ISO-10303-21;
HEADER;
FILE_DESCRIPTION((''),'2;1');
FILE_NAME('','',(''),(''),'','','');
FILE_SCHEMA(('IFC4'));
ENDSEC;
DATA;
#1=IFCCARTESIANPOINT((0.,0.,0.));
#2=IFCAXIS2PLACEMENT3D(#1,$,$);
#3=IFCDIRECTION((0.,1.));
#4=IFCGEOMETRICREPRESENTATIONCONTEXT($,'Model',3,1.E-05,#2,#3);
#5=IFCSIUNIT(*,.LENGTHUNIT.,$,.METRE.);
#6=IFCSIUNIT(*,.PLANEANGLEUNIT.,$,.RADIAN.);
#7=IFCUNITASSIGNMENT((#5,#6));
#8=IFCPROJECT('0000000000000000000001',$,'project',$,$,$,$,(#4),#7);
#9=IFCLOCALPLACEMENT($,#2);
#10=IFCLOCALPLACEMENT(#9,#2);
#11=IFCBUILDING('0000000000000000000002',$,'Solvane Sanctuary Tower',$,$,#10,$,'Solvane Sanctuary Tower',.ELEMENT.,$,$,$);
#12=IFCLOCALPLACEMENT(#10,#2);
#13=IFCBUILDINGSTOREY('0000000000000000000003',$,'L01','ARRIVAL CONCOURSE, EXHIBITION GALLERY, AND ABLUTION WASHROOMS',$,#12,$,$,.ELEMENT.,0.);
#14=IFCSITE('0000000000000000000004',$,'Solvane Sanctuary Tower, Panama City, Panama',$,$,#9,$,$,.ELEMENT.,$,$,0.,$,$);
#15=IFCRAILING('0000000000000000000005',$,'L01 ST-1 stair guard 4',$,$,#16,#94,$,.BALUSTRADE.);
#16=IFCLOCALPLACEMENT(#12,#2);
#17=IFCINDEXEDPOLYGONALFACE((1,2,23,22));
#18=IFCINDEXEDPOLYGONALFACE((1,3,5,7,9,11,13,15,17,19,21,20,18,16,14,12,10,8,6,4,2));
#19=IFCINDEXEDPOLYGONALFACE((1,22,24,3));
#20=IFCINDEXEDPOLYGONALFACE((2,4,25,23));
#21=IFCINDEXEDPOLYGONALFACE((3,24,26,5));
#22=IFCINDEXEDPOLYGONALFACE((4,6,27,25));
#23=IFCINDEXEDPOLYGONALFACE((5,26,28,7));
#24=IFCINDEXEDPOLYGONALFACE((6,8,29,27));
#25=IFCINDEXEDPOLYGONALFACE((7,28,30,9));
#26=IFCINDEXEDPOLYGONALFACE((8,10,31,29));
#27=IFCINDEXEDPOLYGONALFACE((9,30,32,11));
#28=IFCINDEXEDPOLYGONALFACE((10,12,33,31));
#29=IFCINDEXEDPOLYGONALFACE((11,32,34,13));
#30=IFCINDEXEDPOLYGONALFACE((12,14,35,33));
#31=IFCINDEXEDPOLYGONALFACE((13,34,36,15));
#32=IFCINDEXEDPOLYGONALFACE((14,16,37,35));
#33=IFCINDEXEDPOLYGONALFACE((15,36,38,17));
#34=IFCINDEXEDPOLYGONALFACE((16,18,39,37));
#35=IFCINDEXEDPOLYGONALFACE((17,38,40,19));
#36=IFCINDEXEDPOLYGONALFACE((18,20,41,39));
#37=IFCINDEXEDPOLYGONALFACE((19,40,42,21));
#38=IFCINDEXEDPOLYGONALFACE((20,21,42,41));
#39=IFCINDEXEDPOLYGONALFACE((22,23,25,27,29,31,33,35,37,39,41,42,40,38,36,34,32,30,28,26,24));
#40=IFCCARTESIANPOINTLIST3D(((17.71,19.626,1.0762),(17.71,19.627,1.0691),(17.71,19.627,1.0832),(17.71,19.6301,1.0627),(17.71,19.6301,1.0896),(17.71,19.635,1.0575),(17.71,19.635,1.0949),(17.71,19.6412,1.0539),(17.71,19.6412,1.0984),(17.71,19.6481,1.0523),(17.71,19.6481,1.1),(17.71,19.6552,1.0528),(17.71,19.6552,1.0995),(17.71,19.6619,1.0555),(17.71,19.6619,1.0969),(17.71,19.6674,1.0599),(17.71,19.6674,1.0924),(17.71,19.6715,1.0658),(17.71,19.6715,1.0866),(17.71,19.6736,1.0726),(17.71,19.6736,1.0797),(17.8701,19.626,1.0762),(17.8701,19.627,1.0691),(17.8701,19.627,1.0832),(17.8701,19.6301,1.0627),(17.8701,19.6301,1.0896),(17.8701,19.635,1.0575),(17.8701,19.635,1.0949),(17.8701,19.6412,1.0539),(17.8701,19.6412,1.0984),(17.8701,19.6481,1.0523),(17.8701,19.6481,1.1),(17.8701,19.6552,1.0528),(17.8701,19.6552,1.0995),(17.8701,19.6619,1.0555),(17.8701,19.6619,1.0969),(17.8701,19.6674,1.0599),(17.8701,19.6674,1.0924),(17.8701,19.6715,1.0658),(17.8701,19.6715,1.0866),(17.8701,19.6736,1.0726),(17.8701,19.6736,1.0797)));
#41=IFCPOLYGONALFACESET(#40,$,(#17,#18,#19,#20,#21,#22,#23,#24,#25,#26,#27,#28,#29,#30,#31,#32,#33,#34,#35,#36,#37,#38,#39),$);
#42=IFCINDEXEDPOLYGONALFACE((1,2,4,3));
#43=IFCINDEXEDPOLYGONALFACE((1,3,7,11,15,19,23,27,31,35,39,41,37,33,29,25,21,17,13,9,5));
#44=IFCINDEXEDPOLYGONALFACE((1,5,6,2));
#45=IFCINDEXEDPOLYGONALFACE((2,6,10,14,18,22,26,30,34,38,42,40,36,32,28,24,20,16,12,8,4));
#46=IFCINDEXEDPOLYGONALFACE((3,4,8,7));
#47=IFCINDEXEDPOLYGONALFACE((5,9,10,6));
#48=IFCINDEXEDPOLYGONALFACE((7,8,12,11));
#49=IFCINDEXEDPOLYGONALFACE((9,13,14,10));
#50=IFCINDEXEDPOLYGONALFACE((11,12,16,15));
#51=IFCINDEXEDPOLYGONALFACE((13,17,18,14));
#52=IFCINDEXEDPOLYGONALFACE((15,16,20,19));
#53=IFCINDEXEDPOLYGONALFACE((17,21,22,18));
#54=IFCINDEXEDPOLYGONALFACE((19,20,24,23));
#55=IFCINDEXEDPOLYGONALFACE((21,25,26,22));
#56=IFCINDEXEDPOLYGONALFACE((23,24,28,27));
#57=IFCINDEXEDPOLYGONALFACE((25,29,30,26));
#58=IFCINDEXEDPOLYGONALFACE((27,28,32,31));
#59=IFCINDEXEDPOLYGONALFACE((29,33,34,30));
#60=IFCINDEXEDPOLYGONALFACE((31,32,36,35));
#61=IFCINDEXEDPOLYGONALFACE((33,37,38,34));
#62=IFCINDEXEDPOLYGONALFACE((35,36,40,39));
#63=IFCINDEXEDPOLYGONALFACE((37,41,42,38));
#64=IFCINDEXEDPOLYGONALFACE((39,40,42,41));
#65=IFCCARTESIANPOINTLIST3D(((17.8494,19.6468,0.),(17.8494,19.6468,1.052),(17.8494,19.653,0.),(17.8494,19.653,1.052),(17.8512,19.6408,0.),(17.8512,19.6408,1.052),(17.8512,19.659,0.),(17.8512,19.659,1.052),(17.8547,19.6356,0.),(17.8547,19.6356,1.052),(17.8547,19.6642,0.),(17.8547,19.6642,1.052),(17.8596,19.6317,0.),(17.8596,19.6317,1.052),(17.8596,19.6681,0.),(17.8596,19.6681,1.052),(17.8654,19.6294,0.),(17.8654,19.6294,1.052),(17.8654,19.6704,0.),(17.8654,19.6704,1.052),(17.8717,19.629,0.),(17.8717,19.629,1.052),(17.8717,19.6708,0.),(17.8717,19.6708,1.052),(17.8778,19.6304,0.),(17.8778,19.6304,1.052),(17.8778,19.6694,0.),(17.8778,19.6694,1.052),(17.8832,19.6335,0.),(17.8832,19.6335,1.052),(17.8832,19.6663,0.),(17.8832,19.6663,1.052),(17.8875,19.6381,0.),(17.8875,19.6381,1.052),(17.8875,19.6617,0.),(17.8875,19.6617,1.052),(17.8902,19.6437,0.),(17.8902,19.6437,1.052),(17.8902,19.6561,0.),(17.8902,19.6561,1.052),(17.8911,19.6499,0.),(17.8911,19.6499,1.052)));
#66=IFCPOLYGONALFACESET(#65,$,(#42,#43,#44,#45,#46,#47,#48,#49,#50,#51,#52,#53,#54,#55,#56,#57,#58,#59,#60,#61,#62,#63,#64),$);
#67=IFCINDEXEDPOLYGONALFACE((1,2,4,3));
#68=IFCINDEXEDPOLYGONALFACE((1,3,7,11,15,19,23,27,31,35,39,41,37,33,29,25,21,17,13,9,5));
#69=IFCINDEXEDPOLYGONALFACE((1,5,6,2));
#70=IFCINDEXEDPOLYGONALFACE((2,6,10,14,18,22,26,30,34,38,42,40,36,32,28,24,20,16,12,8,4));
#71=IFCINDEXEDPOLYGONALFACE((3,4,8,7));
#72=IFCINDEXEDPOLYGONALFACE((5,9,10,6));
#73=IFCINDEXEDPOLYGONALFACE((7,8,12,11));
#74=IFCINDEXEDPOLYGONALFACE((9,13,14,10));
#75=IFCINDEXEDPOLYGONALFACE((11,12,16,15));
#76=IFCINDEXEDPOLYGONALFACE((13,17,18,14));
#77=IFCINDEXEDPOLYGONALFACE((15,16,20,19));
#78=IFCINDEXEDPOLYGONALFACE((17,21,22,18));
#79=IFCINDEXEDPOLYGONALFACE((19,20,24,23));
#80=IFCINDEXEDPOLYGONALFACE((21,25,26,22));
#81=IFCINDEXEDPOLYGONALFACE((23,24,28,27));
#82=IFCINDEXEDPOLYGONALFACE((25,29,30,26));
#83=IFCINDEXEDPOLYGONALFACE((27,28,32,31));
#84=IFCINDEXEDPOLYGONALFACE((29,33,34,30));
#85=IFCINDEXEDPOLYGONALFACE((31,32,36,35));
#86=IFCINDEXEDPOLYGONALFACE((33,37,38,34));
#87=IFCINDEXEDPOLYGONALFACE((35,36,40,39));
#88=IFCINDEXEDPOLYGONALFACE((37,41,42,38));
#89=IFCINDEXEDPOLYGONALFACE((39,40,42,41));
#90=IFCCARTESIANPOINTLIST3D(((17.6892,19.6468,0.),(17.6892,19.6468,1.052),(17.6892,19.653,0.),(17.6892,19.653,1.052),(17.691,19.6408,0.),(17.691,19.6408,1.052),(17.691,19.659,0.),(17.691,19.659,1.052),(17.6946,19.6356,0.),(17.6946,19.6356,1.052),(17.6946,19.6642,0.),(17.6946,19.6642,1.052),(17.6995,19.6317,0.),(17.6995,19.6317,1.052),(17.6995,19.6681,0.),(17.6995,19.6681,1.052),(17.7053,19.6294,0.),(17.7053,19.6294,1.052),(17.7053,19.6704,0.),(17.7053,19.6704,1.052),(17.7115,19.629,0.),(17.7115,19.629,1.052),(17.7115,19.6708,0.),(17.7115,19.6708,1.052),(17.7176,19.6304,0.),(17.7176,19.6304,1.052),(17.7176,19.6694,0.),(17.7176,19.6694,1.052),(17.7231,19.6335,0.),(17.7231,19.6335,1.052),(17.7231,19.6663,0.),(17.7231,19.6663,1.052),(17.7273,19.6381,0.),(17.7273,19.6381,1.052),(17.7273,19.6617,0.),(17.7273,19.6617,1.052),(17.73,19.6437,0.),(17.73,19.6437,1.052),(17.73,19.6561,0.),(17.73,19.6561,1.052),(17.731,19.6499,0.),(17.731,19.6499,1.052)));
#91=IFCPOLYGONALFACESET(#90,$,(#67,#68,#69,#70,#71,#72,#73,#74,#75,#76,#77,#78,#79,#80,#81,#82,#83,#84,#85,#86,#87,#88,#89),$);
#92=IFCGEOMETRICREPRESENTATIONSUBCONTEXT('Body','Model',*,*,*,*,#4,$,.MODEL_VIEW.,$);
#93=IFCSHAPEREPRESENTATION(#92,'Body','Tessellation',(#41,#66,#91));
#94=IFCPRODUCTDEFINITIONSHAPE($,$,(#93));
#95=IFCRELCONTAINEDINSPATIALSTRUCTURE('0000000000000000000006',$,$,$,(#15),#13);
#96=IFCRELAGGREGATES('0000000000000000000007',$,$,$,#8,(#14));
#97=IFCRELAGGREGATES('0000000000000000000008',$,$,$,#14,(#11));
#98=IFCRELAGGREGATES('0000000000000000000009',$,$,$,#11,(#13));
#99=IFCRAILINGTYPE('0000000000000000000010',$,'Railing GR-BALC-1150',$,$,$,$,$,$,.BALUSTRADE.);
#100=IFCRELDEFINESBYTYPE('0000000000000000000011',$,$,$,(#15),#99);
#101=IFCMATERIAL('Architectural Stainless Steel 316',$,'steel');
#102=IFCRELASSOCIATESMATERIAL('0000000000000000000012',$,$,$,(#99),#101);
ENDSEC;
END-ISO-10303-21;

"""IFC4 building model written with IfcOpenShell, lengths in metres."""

from ifc_helpers import new_model, si_unit, direction, frame, origin, origin_2d, place, context, subcontext, project, spatial, circle, extrude, material, type_object, element, save


model = new_model("IFC4")

# Units and contexts
model_context = context("Model", 3, precision=1e-05, world=origin(), true_north=direction((0.0, 1.0)))
body_context = subcontext(model_context, "Body", "Model", "MODEL_VIEW")
ifc_project = project(units=[si_unit("LENGTHUNIT", "METRE"), si_unit("PLANEANGLEUNIT", "RADIAN")], contexts=[model_context])

# Site, building, storey
site_placement = place(None, origin())
site = spatial("IfcSite", under=ifc_project, at=site_placement, Name="Solvane Sanctuary Tower, Panama City, Panama", CompositionType="ELEMENT", RefElevation=0.0)
building_placement = place(site_placement, origin())
building = spatial("IfcBuilding", under=site, at=building_placement, Name="Solvane Sanctuary Tower", LongName="Solvane Sanctuary Tower", CompositionType="ELEMENT")
storey_placement = place(building_placement, origin())
storey = spatial("IfcBuildingStorey", under=building, at=storey_placement, Name="L01", Description="ARRIVAL CONCOURSE, EXHIBITION GALLERY, AND ABLUTION WASHROOMS", CompositionType="ELEMENT", Elevation=0.0)

# Shared definitions
ifc_material_1 = material(Name="Architectural Stainless Steel 316", Category="steel")

# Railing
railing_type_1 = type_object("IfcRailingType", Name="Railing GR-BALC-1150", PredefinedType="BALUSTRADE", material=ifc_material_1)
railing_1_placement = place(storey_placement, frame((17.8701, 19.6499, 0.0)))
element("IfcRailing", 1, at=railing_1_placement, inside=storey, type_object=railing_type_1, Name="L01 ST-1 stair guard 4", PredefinedType="BALUSTRADE", context=body_context, shape_type="SweptSolid", body=[
    extrude(circle(Radius=0.0239, at=origin_2d()), frame((0.0, 0.0, 1.0762), z_axis=(-1.0, 0.0, 0.0), x_axis=(0.0, -1.0, 0.0)), (0.0, 0.0, 1.0), 0.1602),
    extrude(circle(Radius=0.021, at=origin_2d()), origin(), (0.0, 0.0, 1.0), 1.052),
    extrude(circle(Radius=0.021, at=origin_2d()), frame((-0.1602, 0.0, 0.0)), (0.0, 0.0, 1.0), 1.052),
])

save(model, "model.ifc")
